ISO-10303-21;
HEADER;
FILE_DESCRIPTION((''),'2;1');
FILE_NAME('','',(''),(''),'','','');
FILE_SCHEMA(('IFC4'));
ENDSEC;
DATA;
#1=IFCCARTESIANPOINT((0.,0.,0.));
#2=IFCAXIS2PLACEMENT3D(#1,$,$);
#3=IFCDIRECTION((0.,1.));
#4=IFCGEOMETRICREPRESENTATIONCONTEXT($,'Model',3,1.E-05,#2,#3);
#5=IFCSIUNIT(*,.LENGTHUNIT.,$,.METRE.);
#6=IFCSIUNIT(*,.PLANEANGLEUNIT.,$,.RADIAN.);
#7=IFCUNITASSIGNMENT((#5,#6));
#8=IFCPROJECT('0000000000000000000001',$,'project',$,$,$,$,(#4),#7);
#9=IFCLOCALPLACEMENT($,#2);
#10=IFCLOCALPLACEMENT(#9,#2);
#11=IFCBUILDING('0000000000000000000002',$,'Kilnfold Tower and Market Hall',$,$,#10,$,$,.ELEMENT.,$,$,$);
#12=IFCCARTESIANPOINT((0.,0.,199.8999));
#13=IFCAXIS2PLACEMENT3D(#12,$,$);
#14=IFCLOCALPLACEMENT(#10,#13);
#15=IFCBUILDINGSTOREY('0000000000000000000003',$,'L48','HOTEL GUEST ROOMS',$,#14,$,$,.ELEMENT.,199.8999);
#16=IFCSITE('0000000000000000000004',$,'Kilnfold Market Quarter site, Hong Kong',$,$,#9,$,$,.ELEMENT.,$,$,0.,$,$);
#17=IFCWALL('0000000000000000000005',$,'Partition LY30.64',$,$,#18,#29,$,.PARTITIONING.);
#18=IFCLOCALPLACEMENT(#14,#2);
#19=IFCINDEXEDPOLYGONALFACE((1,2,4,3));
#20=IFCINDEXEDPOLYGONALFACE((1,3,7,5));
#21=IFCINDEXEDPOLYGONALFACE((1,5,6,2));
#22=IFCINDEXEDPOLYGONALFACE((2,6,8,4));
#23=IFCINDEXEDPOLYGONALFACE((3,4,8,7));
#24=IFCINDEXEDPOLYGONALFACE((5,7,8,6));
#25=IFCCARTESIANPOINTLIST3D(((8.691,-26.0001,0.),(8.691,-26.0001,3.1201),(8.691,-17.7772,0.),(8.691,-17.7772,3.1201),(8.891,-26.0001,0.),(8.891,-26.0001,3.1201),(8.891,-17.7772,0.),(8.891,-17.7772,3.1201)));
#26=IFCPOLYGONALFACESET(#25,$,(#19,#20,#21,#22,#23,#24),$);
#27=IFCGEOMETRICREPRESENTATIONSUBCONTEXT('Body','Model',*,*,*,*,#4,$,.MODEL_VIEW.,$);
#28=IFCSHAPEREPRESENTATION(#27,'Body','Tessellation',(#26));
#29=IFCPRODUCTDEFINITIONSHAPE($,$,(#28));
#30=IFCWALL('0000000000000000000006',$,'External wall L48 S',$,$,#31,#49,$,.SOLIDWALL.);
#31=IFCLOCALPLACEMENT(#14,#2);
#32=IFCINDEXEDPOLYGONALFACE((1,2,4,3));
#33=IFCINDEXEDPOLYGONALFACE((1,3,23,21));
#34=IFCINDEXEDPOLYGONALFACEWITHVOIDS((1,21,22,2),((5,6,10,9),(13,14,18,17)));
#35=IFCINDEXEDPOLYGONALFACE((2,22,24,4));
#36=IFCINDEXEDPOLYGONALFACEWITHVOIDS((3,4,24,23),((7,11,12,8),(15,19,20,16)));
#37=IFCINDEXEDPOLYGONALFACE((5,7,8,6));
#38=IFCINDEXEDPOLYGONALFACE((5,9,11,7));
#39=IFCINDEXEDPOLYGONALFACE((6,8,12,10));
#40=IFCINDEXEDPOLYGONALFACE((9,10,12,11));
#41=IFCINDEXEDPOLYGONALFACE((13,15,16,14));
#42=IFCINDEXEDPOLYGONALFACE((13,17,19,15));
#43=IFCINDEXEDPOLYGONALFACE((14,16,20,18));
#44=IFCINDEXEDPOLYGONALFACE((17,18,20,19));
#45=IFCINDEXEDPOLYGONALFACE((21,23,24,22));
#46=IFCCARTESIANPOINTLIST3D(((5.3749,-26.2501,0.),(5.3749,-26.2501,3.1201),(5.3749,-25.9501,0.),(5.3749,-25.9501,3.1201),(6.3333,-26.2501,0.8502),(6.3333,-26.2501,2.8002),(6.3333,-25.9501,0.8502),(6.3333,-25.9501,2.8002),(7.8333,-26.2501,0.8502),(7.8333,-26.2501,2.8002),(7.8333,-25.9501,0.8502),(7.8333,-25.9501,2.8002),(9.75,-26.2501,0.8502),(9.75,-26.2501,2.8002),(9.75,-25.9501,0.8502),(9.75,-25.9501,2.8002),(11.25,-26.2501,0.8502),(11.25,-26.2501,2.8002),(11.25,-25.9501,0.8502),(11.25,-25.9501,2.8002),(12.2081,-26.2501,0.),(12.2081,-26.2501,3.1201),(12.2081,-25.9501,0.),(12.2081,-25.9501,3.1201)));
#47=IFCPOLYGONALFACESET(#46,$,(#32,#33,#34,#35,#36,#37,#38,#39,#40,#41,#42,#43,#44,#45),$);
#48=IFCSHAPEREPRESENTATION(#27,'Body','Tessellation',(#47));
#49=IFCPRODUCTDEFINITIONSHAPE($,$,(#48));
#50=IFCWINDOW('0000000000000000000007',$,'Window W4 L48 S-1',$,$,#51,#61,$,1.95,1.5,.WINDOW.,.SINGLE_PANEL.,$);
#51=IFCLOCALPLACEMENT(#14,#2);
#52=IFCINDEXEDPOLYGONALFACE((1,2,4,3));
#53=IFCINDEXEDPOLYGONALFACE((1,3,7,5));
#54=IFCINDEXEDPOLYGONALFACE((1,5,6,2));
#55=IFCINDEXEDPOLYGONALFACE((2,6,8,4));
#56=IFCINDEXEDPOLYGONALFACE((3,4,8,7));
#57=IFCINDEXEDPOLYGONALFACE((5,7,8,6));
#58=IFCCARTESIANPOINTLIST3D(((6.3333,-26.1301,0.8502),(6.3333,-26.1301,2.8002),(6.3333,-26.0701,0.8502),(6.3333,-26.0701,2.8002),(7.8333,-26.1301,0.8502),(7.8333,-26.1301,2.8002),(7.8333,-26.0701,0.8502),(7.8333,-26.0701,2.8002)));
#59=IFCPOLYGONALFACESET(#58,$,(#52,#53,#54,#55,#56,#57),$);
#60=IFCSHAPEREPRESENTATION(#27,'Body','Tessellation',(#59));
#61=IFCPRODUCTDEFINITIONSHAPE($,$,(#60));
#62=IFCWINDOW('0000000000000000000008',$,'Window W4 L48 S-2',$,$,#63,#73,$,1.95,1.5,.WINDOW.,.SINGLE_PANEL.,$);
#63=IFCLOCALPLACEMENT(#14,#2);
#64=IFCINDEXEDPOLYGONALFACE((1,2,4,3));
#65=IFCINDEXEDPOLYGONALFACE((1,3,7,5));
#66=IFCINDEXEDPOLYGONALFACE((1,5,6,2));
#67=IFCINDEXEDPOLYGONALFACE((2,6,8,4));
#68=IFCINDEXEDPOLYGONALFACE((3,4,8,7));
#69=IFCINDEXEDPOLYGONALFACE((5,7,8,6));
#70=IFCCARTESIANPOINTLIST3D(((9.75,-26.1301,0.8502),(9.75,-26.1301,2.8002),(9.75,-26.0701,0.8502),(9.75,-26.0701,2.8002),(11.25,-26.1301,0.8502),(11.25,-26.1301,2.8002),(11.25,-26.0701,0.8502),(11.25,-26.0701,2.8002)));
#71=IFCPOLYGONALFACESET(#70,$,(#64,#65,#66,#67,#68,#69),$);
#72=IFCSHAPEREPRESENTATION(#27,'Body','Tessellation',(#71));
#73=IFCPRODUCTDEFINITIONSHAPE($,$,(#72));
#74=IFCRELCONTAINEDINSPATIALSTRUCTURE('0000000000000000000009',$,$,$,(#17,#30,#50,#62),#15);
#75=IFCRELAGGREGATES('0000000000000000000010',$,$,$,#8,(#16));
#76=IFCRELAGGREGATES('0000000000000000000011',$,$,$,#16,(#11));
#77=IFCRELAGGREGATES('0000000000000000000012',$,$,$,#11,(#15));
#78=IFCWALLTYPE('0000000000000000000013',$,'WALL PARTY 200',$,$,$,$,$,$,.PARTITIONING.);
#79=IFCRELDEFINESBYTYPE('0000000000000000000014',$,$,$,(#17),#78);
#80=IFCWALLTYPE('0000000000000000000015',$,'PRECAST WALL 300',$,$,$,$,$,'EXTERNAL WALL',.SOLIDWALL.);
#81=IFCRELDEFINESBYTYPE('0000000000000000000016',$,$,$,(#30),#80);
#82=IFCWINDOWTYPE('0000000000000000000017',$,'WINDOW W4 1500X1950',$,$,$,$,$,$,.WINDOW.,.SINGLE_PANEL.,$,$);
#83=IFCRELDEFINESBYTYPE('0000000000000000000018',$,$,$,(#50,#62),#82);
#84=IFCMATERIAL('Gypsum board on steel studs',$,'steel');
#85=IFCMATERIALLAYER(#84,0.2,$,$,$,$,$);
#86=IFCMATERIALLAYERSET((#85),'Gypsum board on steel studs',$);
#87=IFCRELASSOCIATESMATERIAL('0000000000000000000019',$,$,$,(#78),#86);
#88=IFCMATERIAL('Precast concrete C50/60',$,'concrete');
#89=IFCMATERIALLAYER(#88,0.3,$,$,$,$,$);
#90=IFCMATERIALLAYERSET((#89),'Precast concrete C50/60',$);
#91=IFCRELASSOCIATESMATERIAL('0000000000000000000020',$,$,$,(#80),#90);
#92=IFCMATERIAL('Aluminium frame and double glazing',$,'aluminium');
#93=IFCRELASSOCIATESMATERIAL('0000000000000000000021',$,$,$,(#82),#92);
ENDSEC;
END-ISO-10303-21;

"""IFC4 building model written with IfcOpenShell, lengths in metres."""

from ifc_helpers import new_model, si_unit, direction, frame, frame_2d, origin, place, context, subcontext, project, spatial, rectangle, extrude, source, transform, mapped, material, layer, layer_set, type_object, element, fill, save


model = new_model("IFC4")

# Units and contexts
model_context = context("Model", 3, precision=1e-05, world=origin(), true_north=direction((0.0, 1.0)))
body_context = subcontext(model_context, "Body", "Model", "MODEL_VIEW")
ifc_project = project(units=[si_unit("LENGTHUNIT", "METRE"), si_unit("PLANEANGLEUNIT", "RADIAN")], contexts=[model_context])

# Site, building, storey
site_placement = place(None, origin())
site = spatial("IfcSite", under=ifc_project, at=site_placement, Name="Kilnfold Market Quarter site, Hong Kong", CompositionType="ELEMENT", RefElevation=0.0)
building_placement = place(site_placement, origin())
building = spatial("IfcBuilding", under=site, at=building_placement, Name="Kilnfold Tower and Market Hall", CompositionType="ELEMENT")
storey_placement = place(building_placement, frame((0.0, 0.0, 199.8999)))
storey = spatial("IfcBuildingStorey", under=building, at=storey_placement, Name="L48", Description="HOTEL GUEST ROOMS", CompositionType="ELEMENT", Elevation=199.8999)

# Wall
ifc_material_1 = material(Name="Gypsum board on steel studs", Category="steel")
ifc_layer_1 = layer(ifc_material_1, 0.2)
ifc_layer_set_1 = layer_set([ifc_layer_1], Name="Gypsum board on steel studs")
wall_type_1 = type_object("IfcWallType", Name="WALL PARTY 200", PredefinedType="PARTITIONING", material=ifc_layer_set_1)
wall_1_placement = place(storey_placement, frame((8.791, -26.0, 0.0), z_axis=(0.0, 0.0, 1.0), x_axis=(0.0, 1.0, 0.0)))
element("IfcWall", 1, at=wall_1_placement, inside=storey, type_object=wall_type_1, Name="Partition LY30.64", PredefinedType="PARTITIONING", context=body_context, shape_type="SweptSolid", body=[
    extrude(rectangle(XDim=8.2229, YDim=0.2, at=frame_2d((4.1113, 0.0))), origin(), (0.0, 0.0, 1.0), 3.1201),
])

# Wall, openings, windows
ifc_material_2 = material(Name="Precast concrete C50/60", Category="concrete")
ifc_layer_2 = layer(ifc_material_2, 0.3)
ifc_layer_set_2 = layer_set([ifc_layer_2], Name="Precast concrete C50/60")
wall_type_2 = type_object("IfcWallType", Name="PRECAST WALL 300", ElementType="EXTERNAL WALL", PredefinedType="SOLIDWALL", material=ifc_layer_set_2)
shared_shape_1 = source(origin(), body_context, "Body", "SweptSolid", [
    extrude(rectangle(XDim=6.8333, YDim=0.3, at=frame_2d((3.4165, 0.0))), origin(), (0.0, 0.0, 1.0), 3.1201),
])
wall_2_placement = place(storey_placement, frame((5.375, -26.1001, 0.0), z_axis=(0.0, 0.0, 1.0), x_axis=(1.0, 0.0, 0.0)))
wall_2 = element("IfcWall", 2, at=wall_2_placement, inside=storey, type_object=wall_type_2, Name="External wall L48 S", PredefinedType="SOLIDWALL", context=body_context, shape_type="MappedRepresentation", body=[
    mapped(shared_shape_1, transform((0.0, 0.0, 0.0))),
])
opening_1_placement = place(wall_2_placement, frame((0.9583, 0.0, 0.8501)))
opening_1 = element("IfcOpeningElement", 3, at=opening_1_placement, cuts=wall_2, PredefinedType="OPENING", context=body_context, shape_type="SweptSolid", body=[
    extrude(rectangle(XDim=1.5, YDim=1.95, at=frame_2d((0.75, 0.9751))), frame((0.0, 0.1602, 0.0), z_axis=(0.0, -1.0, 0.0), x_axis=(1.0, 0.0, 0.0)), (0.0, 0.0, 1.0), 0.3201),
])
opening_2_placement = place(wall_2_placement, frame((4.375, 0.0, 0.8501)))
opening_2 = element("IfcOpeningElement", 4, at=opening_2_placement, cuts=wall_2, PredefinedType="OPENING", context=body_context, shape_type="SweptSolid", body=[
    extrude(rectangle(XDim=1.5, YDim=1.95, at=frame_2d((0.75, 0.9751))), frame((0.0, 0.1602, 0.0), z_axis=(0.0, -1.0, 0.0), x_axis=(1.0, 0.0, 0.0)), (0.0, 0.0, 1.0), 0.3201),
])
ifc_material_3 = material(Name="Aluminium frame and double glazing", Category="aluminium")
window_type = type_object("IfcWindowType", Name="WINDOW W4 1500X1950", PartitioningType="SINGLE_PANEL", PredefinedType="WINDOW", material=ifc_material_3)
window_1_placement = place(opening_1_placement, origin())
window_1 = element("IfcWindow", 5, at=window_1_placement, inside=storey, type_object=window_type, Name="Window W4 L48 S-1", OverallHeight=1.95, OverallWidth=1.5, PartitioningType="SINGLE_PANEL", PredefinedType="WINDOW", context=body_context, shape_type="SweptSolid", body=[
    extrude(rectangle(XDim=1.5, YDim=1.95, at=frame_2d((0.75, 0.9751))), frame((0.0, 0.03, 0.0), z_axis=(0.0, -1.0, 0.0), x_axis=(1.0, 0.0, 0.0)), (0.0, 0.0, 1.0), 0.0601),
])
fill(opening_1, window_1)
window_2_placement = place(opening_2_placement, origin())
window_2 = element("IfcWindow", 6, at=window_2_placement, inside=storey, type_object=window_type, Name="Window W4 L48 S-2", OverallHeight=1.95, OverallWidth=1.5, PartitioningType="SINGLE_PANEL", PredefinedType="WINDOW", context=body_context, shape_type="SweptSolid", body=[
    extrude(rectangle(XDim=1.5, YDim=1.95, at=frame_2d((0.75, 0.9751))), frame((0.0, 0.03, 0.0), z_axis=(0.0, -1.0, 0.0), x_axis=(1.0, 0.0, 0.0)), (0.0, 0.0, 1.0), 0.0601),
])
fill(opening_2, window_2)

save(model, "model.ifc")
